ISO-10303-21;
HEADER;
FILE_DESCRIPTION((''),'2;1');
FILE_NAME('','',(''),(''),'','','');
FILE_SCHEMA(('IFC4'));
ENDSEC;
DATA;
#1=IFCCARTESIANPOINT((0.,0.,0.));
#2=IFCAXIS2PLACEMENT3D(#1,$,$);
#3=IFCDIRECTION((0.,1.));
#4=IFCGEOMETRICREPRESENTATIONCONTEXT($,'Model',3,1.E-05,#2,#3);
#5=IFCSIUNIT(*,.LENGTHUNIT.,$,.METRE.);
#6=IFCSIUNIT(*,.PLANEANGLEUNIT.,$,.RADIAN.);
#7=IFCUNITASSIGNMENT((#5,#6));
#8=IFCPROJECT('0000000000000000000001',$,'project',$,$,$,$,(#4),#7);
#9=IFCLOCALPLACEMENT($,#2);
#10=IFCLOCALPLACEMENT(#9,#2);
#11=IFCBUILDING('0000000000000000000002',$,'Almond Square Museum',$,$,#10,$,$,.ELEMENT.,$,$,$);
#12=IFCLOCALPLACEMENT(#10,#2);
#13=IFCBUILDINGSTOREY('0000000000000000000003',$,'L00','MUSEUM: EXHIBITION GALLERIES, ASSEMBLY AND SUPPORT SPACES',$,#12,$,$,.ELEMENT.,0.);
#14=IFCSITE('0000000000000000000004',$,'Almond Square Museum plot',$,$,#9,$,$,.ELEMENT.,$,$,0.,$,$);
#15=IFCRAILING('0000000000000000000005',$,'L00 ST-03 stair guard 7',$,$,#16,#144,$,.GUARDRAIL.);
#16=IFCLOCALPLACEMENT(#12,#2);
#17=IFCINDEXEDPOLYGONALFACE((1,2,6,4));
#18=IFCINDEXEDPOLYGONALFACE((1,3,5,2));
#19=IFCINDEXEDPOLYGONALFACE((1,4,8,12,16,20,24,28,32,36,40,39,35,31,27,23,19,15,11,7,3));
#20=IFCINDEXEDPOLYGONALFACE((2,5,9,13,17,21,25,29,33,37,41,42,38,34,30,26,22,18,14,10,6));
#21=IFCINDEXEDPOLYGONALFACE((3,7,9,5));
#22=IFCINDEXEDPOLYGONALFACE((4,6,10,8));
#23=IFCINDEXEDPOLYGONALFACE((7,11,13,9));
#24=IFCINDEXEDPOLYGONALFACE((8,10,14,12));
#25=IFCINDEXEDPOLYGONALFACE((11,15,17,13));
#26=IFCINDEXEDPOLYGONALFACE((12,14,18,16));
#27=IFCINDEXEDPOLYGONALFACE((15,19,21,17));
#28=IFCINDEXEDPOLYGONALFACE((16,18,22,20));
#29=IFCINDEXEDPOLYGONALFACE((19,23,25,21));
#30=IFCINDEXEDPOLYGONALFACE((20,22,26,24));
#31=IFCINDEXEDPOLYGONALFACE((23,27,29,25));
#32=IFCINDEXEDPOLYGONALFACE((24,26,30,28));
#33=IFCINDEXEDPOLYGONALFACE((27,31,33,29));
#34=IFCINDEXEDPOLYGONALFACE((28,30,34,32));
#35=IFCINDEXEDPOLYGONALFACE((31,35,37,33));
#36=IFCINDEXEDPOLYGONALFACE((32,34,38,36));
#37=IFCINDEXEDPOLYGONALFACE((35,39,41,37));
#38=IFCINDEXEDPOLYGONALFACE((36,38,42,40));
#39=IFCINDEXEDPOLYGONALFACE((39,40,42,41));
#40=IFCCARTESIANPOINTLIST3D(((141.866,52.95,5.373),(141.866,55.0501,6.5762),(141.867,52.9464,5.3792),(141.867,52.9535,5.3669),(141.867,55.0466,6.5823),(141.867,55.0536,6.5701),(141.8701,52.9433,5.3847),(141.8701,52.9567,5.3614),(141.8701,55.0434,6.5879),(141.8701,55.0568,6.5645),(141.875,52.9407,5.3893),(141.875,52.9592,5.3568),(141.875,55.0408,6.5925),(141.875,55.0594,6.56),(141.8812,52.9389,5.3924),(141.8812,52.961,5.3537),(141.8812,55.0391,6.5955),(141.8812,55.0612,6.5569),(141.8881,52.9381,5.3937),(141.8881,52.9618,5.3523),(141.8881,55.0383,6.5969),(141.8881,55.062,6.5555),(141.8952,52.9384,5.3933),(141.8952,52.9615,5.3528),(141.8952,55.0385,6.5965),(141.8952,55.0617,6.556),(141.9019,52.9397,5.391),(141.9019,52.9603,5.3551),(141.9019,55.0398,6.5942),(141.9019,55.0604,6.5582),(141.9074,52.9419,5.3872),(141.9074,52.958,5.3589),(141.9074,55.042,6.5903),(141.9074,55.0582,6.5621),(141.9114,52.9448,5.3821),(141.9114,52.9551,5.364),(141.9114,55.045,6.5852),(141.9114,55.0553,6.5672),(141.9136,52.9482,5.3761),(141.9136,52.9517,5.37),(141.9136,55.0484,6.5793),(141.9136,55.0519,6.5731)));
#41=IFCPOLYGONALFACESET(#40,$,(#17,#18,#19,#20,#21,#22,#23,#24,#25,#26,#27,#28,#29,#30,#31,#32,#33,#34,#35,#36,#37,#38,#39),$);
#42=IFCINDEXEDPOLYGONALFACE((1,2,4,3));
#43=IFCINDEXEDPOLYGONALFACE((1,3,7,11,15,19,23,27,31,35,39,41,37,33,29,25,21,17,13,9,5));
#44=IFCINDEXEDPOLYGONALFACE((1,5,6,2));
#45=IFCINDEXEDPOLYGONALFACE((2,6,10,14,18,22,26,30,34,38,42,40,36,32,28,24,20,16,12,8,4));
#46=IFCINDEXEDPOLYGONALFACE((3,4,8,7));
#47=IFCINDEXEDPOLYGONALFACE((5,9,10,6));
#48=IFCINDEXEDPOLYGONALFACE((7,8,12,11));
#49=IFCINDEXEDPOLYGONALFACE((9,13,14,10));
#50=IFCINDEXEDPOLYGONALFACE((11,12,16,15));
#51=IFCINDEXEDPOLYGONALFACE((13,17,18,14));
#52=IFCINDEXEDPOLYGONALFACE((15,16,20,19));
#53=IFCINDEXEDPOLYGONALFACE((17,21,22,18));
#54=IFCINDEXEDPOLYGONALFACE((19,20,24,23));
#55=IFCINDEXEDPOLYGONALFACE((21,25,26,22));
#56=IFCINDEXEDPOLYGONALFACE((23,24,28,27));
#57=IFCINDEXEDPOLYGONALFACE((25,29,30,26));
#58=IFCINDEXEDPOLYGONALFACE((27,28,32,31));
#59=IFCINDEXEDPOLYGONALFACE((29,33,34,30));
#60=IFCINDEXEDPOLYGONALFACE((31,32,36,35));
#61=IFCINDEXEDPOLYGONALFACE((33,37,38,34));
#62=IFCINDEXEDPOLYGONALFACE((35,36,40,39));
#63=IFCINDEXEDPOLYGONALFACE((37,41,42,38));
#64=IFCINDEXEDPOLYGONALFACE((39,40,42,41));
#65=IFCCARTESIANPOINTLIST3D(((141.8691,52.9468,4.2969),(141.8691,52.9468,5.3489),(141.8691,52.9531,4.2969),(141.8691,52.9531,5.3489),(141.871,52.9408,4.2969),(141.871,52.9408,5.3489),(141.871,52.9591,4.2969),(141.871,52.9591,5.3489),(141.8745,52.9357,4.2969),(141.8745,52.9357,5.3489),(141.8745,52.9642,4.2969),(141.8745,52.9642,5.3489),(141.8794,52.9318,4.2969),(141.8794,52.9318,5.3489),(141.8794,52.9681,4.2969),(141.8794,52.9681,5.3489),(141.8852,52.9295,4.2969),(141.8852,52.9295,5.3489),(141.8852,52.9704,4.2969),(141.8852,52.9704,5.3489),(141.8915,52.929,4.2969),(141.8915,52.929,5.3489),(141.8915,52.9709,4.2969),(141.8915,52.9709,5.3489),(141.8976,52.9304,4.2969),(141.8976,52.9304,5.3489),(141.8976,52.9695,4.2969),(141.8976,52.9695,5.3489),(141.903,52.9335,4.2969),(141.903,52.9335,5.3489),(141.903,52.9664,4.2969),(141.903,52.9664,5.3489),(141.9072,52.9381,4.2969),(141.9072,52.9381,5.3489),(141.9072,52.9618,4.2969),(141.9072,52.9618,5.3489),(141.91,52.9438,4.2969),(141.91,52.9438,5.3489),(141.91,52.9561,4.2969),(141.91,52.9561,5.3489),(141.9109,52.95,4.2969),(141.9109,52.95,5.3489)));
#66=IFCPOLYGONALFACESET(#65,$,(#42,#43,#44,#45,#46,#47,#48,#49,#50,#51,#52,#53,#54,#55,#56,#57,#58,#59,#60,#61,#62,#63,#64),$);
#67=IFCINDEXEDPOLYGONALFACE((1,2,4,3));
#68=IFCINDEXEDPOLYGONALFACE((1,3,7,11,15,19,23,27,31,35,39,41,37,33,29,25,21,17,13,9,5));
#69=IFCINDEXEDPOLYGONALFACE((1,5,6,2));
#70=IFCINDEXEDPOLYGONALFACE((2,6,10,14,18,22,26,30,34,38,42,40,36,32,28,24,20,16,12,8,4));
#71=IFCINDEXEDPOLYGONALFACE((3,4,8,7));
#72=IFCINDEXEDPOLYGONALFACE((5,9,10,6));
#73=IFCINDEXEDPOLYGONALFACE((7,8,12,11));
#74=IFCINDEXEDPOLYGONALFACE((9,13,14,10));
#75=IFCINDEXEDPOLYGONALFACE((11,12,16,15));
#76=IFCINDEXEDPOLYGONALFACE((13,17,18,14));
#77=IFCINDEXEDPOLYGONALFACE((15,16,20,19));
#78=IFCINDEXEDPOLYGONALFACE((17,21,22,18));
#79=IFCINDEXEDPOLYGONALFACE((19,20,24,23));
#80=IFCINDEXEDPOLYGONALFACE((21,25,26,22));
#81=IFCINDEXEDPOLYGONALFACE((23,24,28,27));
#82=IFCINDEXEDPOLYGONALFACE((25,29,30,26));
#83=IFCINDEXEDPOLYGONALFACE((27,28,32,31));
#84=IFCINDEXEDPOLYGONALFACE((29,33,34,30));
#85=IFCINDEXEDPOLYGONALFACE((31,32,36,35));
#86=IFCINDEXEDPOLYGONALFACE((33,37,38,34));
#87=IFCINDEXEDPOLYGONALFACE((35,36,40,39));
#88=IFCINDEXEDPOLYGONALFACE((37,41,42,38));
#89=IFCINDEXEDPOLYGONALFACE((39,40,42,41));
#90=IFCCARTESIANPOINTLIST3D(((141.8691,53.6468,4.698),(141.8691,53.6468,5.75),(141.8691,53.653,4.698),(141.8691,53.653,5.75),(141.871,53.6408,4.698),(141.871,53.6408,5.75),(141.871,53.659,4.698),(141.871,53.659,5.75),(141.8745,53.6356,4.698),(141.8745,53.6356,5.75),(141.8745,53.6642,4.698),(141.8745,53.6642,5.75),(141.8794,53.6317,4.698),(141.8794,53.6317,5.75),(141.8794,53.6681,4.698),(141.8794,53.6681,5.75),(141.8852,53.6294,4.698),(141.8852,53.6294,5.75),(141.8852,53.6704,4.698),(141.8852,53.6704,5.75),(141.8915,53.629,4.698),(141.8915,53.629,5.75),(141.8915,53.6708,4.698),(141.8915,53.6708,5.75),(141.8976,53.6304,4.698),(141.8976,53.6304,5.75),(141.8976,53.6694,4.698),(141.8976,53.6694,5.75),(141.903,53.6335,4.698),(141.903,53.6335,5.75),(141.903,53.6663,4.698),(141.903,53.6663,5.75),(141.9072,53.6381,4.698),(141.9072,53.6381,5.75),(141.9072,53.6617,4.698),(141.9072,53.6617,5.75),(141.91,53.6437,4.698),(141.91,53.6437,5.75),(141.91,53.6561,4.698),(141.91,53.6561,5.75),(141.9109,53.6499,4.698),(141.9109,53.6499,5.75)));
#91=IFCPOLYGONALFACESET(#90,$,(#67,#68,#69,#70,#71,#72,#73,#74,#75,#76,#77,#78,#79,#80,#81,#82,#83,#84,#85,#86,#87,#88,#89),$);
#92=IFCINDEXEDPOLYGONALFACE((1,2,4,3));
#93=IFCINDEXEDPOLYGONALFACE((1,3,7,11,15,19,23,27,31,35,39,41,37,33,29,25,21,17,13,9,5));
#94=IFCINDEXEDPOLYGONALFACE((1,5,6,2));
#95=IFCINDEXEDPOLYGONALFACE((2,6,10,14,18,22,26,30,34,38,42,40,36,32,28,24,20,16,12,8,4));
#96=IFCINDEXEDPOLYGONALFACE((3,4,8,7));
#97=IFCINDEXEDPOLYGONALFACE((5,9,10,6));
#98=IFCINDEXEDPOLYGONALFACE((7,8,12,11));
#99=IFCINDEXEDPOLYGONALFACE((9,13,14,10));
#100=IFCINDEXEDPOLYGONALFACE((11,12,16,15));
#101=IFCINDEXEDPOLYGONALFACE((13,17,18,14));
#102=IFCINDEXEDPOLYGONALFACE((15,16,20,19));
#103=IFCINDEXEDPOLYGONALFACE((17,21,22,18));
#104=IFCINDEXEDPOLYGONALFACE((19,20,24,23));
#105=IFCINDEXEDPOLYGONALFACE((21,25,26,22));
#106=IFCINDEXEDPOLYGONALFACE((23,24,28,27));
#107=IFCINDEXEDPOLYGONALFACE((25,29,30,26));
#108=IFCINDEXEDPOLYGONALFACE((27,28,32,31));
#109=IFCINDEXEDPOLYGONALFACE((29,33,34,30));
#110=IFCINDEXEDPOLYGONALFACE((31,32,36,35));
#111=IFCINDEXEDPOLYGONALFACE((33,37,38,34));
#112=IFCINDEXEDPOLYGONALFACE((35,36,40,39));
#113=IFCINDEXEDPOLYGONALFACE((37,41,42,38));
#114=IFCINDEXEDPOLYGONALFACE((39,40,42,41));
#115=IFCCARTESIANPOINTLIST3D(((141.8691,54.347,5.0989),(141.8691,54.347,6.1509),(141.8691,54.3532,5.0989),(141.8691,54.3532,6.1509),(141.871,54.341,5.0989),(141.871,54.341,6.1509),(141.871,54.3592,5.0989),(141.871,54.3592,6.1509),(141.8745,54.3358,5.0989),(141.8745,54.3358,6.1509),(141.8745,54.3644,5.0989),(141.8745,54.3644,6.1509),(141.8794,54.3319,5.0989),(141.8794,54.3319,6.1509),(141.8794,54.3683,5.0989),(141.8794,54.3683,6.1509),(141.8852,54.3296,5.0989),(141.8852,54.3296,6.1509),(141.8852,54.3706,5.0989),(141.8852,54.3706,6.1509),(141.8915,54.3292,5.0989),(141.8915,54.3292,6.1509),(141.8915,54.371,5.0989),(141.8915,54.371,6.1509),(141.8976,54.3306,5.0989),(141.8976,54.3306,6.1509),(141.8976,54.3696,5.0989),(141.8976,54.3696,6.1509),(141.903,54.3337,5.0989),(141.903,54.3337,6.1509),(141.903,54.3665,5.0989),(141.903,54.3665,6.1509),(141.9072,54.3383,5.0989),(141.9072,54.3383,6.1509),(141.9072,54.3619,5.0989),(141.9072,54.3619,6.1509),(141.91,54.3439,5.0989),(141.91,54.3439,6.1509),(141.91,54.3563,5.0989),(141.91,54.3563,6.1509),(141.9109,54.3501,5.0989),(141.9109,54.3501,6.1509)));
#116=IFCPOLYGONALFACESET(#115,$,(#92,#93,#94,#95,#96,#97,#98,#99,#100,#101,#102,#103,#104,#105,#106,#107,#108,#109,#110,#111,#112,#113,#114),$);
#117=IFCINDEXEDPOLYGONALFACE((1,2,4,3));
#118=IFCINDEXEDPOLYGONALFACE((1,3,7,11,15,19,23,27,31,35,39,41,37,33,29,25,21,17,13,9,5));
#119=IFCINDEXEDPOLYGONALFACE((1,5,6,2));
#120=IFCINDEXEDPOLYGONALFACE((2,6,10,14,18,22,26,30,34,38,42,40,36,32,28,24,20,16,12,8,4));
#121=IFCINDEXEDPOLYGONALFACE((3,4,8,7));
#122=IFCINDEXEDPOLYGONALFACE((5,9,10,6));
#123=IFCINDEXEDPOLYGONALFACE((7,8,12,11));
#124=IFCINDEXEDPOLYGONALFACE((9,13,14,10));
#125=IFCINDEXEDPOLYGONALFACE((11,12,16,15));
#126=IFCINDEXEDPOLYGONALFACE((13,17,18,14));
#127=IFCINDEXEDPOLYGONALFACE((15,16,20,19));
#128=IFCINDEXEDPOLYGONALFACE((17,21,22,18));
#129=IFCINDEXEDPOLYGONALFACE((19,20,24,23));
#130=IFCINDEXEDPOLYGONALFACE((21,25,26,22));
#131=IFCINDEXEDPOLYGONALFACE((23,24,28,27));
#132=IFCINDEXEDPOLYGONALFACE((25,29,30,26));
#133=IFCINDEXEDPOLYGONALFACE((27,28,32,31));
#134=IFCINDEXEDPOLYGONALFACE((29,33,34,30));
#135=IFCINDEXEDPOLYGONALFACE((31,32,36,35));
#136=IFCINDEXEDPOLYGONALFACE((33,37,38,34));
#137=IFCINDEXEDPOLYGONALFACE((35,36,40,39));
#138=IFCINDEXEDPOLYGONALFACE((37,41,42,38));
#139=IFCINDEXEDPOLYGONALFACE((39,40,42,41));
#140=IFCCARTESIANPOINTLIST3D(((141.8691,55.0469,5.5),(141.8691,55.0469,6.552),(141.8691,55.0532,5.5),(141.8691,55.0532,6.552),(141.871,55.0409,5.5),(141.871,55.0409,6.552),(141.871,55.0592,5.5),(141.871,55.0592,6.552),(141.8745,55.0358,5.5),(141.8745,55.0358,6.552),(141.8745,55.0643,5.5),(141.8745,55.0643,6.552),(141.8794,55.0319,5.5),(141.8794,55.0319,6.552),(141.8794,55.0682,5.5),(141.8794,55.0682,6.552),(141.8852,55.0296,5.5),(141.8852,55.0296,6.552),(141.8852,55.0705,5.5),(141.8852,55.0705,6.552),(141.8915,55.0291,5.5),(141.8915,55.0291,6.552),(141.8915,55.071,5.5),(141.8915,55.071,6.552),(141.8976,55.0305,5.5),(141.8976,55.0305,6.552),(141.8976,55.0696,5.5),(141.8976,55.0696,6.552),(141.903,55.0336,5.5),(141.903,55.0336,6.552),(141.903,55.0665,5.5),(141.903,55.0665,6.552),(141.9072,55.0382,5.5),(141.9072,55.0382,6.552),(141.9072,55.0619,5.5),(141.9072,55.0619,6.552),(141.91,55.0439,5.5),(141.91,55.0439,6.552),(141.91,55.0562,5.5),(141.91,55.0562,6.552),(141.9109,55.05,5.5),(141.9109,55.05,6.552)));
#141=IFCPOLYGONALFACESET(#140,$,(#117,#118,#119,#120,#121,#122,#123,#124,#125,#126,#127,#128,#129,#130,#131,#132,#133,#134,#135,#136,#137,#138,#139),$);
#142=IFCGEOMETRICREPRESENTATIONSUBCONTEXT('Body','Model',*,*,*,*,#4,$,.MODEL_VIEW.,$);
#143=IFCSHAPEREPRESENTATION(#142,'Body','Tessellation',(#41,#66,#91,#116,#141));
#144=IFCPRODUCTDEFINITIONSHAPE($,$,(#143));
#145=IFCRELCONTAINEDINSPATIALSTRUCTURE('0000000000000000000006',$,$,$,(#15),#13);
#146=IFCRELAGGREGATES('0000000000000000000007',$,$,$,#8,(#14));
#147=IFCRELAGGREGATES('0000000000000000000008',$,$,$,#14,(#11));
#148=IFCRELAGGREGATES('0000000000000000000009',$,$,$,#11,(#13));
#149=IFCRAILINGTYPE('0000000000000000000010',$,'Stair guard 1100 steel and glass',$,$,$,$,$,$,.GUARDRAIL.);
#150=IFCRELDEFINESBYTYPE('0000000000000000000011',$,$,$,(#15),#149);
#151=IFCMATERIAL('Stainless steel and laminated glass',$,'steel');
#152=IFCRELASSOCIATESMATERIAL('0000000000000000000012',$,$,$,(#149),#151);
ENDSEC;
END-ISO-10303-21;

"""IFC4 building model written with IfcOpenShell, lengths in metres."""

from ifc_helpers import new_model, si_unit, direction, frame, origin, origin_2d, place, context, subcontext, project, spatial, circle, extrude, material, type_object, element, save


model = new_model("IFC4")

# Units and contexts
model_context = context("Model", 3, precision=1e-05, world=origin(), true_north=direction((0.0, 1.0)))
body_context = subcontext(model_context, "Body", "Model", "MODEL_VIEW")
ifc_project = project(units=[si_unit("LENGTHUNIT", "METRE"), si_unit("PLANEANGLEUNIT", "RADIAN")], contexts=[model_context])

# Site, building, storey
site_placement = place(None, origin())
site = spatial("IfcSite", under=ifc_project, at=site_placement, Name="Almond Square Museum plot", CompositionType="ELEMENT", RefElevation=0.0)
building_placement = place(site_placement, origin())
building = spatial("IfcBuilding", under=site, at=building_placement, Name="Almond Square Museum", CompositionType="ELEMENT")
storey_placement = place(building_placement, origin())
storey = spatial("IfcBuildingStorey", under=building, at=storey_placement, Name="L00", Description="MUSEUM: EXHIBITION GALLERIES, ASSEMBLY AND SUPPORT SPACES", CompositionType="ELEMENT", Elevation=0.0)

# Railing
ifc_material_1 = material(Name="Stainless steel and laminated glass", Category="steel")
railing_type_1 = type_object("IfcRailingType", Name="Stair guard 1100 steel and glass", PredefinedType="GUARDRAIL", material=ifc_material_1)
railing_1_placement = place(storey_placement, frame((141.8899, 52.95, 4.2969)))
element("IfcRailing", 1, at=railing_1_placement, inside=storey, type_object=railing_type_1, Name="L00 ST-03 stair guard 7", PredefinedType="GUARDRAIL", context=body_context, shape_type="SweptSolid", body=[
    extrude(circle(Radius=0.0239, at=origin_2d()), frame((0.0, 0.0, 1.0762), z_axis=(0.0, 0.867696, 0.497095), x_axis=(-1.0, 0.0, 0.0)), (0.0, 0.0, 1.0), 2.4204),
    extrude(circle(Radius=0.021, at=origin_2d()), origin(), (0.0, 0.0, 1.0), 1.052),
    extrude(circle(Radius=0.021, at=origin_2d()), frame((0.0, 0.7, 0.4011)), (0.0, 0.0, 1.0), 1.052),
    extrude(circle(Radius=0.021, at=origin_2d()), frame((0.0, 1.4001, 0.802)), (0.0, 0.0, 1.0), 1.052),
    extrude(circle(Radius=0.021, at=origin_2d()), frame((0.0, 2.1001, 1.2031)), (0.0, 0.0, 1.0), 1.052),
])

save(model, "model.ifc")
